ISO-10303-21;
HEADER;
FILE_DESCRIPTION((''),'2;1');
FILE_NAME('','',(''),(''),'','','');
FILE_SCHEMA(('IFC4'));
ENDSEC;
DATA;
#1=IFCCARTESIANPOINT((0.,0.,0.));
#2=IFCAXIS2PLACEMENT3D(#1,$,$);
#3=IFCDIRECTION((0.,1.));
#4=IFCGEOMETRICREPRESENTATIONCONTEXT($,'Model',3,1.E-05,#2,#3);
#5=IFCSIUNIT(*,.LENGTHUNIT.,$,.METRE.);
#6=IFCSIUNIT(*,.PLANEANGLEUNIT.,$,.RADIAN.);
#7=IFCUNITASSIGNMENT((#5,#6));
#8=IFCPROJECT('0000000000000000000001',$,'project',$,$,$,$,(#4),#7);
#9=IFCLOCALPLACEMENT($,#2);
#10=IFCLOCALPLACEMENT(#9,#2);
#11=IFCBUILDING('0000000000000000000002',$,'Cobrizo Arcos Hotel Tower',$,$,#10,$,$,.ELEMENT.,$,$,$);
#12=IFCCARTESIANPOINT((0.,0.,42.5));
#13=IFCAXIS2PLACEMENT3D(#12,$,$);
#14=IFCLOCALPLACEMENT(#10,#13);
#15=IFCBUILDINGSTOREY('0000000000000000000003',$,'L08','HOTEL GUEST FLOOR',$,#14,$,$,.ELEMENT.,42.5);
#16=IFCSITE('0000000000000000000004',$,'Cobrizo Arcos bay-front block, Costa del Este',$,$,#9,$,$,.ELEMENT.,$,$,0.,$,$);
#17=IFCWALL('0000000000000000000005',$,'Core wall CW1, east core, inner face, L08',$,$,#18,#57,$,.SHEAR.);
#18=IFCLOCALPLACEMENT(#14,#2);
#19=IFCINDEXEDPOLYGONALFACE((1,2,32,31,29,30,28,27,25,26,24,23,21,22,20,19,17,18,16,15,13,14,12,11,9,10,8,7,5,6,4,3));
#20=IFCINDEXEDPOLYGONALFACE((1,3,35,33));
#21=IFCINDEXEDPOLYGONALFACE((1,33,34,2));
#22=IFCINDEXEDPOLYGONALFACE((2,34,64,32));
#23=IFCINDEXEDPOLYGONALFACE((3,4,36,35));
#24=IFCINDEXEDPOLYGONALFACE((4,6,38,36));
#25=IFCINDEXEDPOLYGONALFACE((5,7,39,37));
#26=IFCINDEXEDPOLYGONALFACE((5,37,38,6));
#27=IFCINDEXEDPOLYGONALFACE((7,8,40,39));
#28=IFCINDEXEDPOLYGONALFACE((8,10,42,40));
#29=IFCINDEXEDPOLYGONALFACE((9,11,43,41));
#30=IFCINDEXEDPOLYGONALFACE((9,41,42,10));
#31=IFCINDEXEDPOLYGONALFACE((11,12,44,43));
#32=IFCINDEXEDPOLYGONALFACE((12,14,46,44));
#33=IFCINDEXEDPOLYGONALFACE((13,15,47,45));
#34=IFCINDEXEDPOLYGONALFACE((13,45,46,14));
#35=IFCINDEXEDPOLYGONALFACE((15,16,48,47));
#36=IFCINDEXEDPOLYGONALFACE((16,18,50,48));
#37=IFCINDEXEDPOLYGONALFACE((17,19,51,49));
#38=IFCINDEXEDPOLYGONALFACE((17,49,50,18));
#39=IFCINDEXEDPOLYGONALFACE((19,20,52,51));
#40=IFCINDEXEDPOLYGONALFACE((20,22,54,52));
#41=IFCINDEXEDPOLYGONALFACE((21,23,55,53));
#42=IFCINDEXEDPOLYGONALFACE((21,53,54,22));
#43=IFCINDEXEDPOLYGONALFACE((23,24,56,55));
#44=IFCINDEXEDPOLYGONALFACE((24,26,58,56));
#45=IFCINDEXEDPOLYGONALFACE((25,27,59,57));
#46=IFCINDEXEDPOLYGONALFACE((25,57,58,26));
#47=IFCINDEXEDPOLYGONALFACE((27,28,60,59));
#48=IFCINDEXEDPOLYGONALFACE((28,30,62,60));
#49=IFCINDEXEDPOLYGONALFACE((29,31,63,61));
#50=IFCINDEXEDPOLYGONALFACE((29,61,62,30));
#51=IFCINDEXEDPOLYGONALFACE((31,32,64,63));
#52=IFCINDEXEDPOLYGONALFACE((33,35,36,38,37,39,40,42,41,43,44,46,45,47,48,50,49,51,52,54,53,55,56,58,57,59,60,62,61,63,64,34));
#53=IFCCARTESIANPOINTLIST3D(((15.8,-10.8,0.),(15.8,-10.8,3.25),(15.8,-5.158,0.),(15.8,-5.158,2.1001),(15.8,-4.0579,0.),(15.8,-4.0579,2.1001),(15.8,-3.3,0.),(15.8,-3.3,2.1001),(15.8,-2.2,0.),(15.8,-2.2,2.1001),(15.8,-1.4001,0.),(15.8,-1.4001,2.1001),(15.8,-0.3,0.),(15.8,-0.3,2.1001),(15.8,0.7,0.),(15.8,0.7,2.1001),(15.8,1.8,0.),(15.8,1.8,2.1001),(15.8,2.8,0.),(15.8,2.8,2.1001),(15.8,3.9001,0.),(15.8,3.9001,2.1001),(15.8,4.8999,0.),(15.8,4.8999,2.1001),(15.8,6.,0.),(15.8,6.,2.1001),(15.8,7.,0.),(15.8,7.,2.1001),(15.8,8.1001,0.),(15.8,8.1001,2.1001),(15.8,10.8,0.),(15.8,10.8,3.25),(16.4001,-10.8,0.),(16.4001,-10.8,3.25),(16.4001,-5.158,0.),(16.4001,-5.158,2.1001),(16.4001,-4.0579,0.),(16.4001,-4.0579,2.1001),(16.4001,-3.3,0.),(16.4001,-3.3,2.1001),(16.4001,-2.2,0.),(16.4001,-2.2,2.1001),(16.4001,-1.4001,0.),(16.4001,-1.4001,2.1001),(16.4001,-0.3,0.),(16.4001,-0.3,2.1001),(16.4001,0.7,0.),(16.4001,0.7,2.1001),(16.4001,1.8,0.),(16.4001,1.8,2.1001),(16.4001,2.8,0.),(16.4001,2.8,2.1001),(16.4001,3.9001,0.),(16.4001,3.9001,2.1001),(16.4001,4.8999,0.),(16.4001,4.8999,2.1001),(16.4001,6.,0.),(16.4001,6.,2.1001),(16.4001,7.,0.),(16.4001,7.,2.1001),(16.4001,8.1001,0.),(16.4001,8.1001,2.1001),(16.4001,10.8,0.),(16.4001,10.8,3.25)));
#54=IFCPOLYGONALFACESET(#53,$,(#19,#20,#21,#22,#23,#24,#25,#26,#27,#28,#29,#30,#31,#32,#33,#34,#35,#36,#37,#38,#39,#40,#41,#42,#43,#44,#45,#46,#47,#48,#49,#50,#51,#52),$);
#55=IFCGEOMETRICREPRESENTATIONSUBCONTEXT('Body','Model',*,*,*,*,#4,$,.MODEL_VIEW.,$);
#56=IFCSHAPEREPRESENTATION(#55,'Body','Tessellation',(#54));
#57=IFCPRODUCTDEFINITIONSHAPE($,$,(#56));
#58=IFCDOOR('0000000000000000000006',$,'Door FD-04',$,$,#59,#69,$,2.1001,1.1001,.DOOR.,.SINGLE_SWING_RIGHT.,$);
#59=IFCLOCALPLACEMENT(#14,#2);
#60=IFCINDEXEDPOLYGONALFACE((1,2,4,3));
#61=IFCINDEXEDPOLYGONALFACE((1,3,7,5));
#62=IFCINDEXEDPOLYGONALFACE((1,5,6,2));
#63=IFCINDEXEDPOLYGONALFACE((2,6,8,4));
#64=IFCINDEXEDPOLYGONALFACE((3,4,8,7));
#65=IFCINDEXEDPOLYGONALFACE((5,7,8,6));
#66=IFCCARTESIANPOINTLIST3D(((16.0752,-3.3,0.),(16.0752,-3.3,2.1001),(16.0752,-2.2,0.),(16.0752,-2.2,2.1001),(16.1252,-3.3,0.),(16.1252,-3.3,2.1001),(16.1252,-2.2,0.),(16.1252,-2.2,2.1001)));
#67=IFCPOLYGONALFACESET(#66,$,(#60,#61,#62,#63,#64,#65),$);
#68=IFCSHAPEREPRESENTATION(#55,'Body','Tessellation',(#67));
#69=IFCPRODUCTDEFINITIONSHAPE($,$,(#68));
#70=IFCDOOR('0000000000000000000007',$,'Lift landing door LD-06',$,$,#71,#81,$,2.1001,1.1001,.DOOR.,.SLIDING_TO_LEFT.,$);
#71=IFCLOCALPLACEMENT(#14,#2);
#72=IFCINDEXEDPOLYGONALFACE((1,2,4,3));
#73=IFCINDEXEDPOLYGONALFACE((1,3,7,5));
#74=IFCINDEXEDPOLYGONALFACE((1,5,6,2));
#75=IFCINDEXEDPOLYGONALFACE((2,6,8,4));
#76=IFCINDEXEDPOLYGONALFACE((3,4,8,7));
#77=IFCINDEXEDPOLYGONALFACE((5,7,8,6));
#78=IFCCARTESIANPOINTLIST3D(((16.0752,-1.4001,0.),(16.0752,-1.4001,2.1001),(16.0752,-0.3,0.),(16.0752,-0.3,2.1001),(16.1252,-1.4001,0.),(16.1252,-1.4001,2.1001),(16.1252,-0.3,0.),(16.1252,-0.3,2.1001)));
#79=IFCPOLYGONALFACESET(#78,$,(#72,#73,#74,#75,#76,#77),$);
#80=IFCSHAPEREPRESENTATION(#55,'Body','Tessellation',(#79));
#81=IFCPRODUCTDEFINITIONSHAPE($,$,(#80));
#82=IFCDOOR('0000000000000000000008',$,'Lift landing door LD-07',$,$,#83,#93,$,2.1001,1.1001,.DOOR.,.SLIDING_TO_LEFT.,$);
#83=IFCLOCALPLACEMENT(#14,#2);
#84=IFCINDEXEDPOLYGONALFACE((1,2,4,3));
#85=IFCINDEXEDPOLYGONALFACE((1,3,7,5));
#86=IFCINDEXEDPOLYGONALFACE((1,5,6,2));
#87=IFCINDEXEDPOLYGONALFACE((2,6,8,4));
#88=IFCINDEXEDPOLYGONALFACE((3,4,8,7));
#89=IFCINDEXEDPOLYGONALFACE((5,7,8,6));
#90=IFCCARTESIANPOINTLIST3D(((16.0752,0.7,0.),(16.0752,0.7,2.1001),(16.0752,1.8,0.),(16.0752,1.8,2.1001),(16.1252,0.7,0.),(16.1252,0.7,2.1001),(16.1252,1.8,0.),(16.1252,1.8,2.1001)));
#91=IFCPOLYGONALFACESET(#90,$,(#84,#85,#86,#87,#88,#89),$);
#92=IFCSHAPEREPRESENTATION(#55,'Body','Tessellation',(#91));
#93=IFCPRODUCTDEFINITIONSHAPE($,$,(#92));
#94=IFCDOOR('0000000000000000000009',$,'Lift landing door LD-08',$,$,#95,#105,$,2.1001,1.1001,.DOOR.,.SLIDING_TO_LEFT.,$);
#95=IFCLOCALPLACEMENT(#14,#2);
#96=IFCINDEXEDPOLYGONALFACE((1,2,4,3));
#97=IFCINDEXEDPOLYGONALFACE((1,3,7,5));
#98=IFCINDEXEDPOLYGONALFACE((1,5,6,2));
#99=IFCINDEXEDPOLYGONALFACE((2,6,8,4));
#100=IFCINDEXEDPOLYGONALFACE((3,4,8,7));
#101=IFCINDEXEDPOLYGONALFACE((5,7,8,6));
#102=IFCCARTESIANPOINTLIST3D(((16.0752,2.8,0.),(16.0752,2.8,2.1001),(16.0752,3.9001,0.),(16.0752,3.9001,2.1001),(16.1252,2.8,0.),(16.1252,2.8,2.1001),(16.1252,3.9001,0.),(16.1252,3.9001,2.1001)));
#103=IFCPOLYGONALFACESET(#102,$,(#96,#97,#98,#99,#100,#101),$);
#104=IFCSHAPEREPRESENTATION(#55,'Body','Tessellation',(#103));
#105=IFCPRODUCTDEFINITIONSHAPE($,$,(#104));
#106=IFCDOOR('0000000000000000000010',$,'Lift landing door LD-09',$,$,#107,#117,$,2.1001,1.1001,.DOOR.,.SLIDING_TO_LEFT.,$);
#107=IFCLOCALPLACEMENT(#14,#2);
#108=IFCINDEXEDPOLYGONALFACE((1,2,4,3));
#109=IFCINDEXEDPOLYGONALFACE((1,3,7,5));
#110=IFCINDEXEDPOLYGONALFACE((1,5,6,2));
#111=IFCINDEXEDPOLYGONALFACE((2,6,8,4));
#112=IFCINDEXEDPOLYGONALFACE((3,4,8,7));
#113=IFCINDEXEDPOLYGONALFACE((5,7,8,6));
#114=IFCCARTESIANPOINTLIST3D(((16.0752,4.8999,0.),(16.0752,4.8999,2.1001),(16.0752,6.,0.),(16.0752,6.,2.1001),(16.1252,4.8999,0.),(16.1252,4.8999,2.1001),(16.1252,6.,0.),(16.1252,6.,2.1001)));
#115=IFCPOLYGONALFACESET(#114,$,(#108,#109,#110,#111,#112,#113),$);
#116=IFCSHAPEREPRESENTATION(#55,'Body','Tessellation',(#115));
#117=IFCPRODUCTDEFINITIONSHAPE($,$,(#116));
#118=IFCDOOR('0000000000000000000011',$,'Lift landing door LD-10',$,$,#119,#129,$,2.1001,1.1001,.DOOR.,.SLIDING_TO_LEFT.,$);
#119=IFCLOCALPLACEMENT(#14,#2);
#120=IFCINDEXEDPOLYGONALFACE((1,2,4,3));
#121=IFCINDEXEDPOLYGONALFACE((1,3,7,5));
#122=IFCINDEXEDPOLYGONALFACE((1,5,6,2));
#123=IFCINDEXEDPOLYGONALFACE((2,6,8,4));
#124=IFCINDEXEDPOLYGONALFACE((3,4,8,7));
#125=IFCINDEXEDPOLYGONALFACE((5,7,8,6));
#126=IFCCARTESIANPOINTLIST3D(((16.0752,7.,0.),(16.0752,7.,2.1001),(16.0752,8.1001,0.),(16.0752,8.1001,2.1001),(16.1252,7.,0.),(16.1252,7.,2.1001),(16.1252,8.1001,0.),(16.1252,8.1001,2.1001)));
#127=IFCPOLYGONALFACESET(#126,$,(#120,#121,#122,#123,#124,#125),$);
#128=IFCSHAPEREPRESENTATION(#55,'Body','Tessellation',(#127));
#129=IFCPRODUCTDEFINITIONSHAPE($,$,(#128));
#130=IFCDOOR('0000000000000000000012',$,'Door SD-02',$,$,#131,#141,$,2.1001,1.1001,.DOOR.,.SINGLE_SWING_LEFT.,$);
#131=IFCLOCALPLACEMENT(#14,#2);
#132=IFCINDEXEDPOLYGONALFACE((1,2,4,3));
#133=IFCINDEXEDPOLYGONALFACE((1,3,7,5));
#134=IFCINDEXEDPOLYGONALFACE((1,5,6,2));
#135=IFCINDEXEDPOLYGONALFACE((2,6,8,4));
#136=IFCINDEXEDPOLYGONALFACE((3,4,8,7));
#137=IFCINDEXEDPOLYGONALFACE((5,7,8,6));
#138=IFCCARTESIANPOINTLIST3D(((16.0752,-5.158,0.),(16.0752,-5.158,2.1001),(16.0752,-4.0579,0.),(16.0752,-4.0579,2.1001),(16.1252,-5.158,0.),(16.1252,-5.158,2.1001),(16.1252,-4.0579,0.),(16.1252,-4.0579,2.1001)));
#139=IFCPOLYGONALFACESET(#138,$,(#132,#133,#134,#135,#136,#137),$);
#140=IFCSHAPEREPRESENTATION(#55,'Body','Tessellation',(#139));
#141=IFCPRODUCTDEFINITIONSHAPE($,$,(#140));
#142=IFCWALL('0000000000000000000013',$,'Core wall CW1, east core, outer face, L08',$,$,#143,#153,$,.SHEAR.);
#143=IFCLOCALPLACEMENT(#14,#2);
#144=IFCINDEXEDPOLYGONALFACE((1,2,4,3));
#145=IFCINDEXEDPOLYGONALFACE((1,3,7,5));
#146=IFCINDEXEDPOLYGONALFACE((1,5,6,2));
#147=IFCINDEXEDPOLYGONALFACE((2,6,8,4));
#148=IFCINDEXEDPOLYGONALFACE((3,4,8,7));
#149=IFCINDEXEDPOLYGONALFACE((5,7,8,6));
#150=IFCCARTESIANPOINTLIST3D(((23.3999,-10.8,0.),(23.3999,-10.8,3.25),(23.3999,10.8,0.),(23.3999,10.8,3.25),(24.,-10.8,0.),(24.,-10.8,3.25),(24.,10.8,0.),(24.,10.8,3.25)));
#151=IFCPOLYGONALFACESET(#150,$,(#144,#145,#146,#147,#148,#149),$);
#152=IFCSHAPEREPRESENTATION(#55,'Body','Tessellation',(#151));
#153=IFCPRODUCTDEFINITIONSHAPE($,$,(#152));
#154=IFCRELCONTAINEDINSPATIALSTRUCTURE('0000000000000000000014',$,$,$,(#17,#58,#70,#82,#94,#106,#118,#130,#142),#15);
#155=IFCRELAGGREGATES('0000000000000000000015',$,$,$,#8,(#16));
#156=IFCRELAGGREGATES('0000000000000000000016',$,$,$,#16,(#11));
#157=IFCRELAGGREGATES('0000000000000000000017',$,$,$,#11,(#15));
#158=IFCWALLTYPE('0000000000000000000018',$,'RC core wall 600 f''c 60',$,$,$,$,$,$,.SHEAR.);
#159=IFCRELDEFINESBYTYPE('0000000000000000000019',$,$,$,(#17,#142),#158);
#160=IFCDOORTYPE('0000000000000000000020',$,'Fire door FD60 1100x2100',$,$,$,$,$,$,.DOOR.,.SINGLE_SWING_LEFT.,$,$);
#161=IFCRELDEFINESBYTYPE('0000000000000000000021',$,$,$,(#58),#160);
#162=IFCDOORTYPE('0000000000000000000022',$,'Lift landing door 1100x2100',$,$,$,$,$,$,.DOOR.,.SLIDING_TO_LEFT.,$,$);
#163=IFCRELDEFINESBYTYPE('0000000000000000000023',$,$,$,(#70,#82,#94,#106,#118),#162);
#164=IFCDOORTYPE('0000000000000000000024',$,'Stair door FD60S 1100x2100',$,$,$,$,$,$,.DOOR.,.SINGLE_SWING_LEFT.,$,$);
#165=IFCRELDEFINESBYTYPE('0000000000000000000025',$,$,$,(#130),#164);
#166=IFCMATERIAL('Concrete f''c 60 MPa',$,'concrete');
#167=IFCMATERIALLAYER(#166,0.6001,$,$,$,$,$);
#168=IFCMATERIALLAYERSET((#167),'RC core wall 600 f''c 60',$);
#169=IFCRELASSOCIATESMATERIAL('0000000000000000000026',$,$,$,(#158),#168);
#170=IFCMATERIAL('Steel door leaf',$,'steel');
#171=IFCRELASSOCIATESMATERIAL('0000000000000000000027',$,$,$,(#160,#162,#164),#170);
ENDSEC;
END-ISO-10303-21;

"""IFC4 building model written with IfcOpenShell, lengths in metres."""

from ifc_helpers import new_model, si_unit, direction, frame, frame_2d, origin, place, context, subcontext, project, spatial, rectangle, extrude, material, layer, layer_set, type_object, element, fill, save


model = new_model("IFC4")

# Units and contexts
model_context = context("Model", 3, precision=1e-05, world=origin(), true_north=direction((0.0, 1.0)))
body_context = subcontext(model_context, "Body", "Model", "MODEL_VIEW")
ifc_project = project(units=[si_unit("LENGTHUNIT", "METRE"), si_unit("PLANEANGLEUNIT", "RADIAN")], contexts=[model_context])

# Site, building, storey
site_placement = place(None, origin())
site = spatial("IfcSite", under=ifc_project, at=site_placement, Name="Cobrizo Arcos bay-front block, Costa del Este", CompositionType="ELEMENT", RefElevation=0.0)
building_placement = place(site_placement, origin())
building = spatial("IfcBuilding", under=site, at=building_placement, Name="Cobrizo Arcos Hotel Tower", CompositionType="ELEMENT")
storey_placement = place(building_placement, frame((0.0, 0.0, 42.5)))
storey = spatial("IfcBuildingStorey", under=building, at=storey_placement, Name="L08", Description="HOTEL GUEST FLOOR", CompositionType="ELEMENT", Elevation=42.5)

# Wall, openings, doors
ifc_material_1 = material(Name="Concrete f'c 60 MPa", Category="concrete")
ifc_layer_1 = layer(ifc_material_1, 0.6001)
ifc_layer_set_1 = layer_set([ifc_layer_1], Name="RC core wall 600 f'c 60")
wall_type = type_object("IfcWallType", Name="RC core wall 600 f'c 60", PredefinedType="SHEAR", material=ifc_layer_set_1)
wall_1_placement = place(storey_placement, frame((16.1001, -10.8, 0.0), z_axis=(0.0, 0.0, 1.0), x_axis=(0.0, 1.0, 0.0)))
wall_1 = element("IfcWall", 1, at=wall_1_placement, inside=storey, type_object=wall_type, Name="Core wall CW1, east core, inner face, L08", PredefinedType="SHEAR", context=body_context, shape_type="SweptSolid", body=[
    extrude(rectangle(XDim=21.6001, YDim=0.6001, at=frame_2d((10.8, 0.0))), origin(), (0.0, 0.0, 1.0), 3.25),
])
opening_1_placement = place(wall_1_placement, frame((9.3999, 0.0, 0.0)))
opening_1 = element("IfcOpeningElement", 2, at=opening_1_placement, cuts=wall_1, PredefinedType="OPENING", context=body_context, shape_type="SweptSolid", body=[
    extrude(rectangle(XDim=1.1001, YDim=2.1001, at=frame_2d((0.55, 1.05))), frame((0.0, 0.312, 0.0), z_axis=(0.0, -1.0, 0.0), x_axis=(1.0, 0.0, 0.0)), (0.0, 0.0, 1.0), 0.624),
])
opening_2_placement = place(wall_1_placement, frame((11.5, 0.0, 0.0)))
opening_2 = element("IfcOpeningElement", 3, at=opening_2_placement, cuts=wall_1, PredefinedType="OPENING", context=body_context, shape_type="SweptSolid", body=[
    extrude(rectangle(XDim=1.1001, YDim=2.1001, at=frame_2d((0.55, 1.05))), frame((0.0, 0.312, 0.0), z_axis=(0.0, -1.0, 0.0), x_axis=(1.0, 0.0, 0.0)), (0.0, 0.0, 1.0), 0.624),
])
opening_3_placement = place(wall_1_placement, frame((13.6001, 0.0, 0.0)))
opening_3 = element("IfcOpeningElement", 4, at=opening_3_placement, cuts=wall_1, PredefinedType="OPENING", context=body_context, shape_type="SweptSolid", body=[
    extrude(rectangle(XDim=1.1001, YDim=2.1001, at=frame_2d((0.55, 1.05))), frame((0.0, 0.312, 0.0), z_axis=(0.0, -1.0, 0.0), x_axis=(1.0, 0.0, 0.0)), (0.0, 0.0, 1.0), 0.624),
])
opening_4_placement = place(wall_1_placement, frame((15.7, 0.0, 0.0)))
opening_4 = element("IfcOpeningElement", 5, at=opening_4_placement, cuts=wall_1, PredefinedType="OPENING", context=body_context, shape_type="SweptSolid", body=[
    extrude(rectangle(XDim=1.1001, YDim=2.1001, at=frame_2d((0.55, 1.05))), frame((0.0, 0.312, 0.0), z_axis=(0.0, -1.0, 0.0), x_axis=(1.0, 0.0, 0.0)), (0.0, 0.0, 1.0), 0.624),
])
opening_5_placement = place(wall_1_placement, frame((17.8, 0.0, 0.0)))
opening_5 = element("IfcOpeningElement", 6, at=opening_5_placement, cuts=wall_1, PredefinedType="OPENING", context=body_context, shape_type="SweptSolid", body=[
    extrude(rectangle(XDim=1.1001, YDim=2.1001, at=frame_2d((0.55, 1.05))), frame((0.0, 0.312, 0.0), z_axis=(0.0, -1.0, 0.0), x_axis=(1.0, 0.0, 0.0)), (0.0, 0.0, 1.0), 0.624),
])
opening_6_placement = place(wall_1_placement, frame((5.6421, 0.0, 0.0)))
opening_6 = element("IfcOpeningElement", 7, at=opening_6_placement, cuts=wall_1, PredefinedType="OPENING", context=body_context, shape_type="SweptSolid", body=[
    extrude(rectangle(XDim=1.1001, YDim=2.1001, at=frame_2d((0.55, 1.05))), frame((0.0, 0.312, 0.0), z_axis=(0.0, -1.0, 0.0), x_axis=(1.0, 0.0, 0.0)), (0.0, 0.0, 1.0), 0.624),
])
opening_7_placement = place(wall_1_placement, frame((7.5, 0.0, 0.0)))
opening_7 = element("IfcOpeningElement", 8, at=opening_7_placement, cuts=wall_1, PredefinedType="OPENING", context=body_context, shape_type="SweptSolid", body=[
    extrude(rectangle(XDim=1.1001, YDim=2.1001, at=frame_2d((0.55, 1.05))), frame((0.0, 0.312, 0.0), z_axis=(0.0, -1.0, 0.0), x_axis=(1.0, 0.0, 0.0)), (0.0, 0.0, 1.0), 0.624),
])
ifc_material_2 = material(Name="Steel door leaf", Category="steel")
door_type_1 = type_object("IfcDoorType", Name="Fire door FD60 1100x2100", OperationType="SINGLE_SWING_LEFT", PredefinedType="DOOR", material=ifc_material_2)
door_1_placement = place(opening_7_placement, origin())
door_1 = element("IfcDoor", 9, at=door_1_placement, inside=storey, type_object=door_type_1, Name="Door FD-04", OperationType="SINGLE_SWING_RIGHT", OverallHeight=2.1001, OverallWidth=1.1001, PredefinedType="DOOR", context=body_context, shape_type="SweptSolid", body=[
    extrude(rectangle(XDim=1.1001, YDim=2.1001, at=frame_2d((0.55, 1.05))), frame((0.0, 0.0249, 0.0), z_axis=(0.0, -1.0, 0.0), x_axis=(1.0, 0.0, 0.0)), (0.0, 0.0, 1.0), 0.05),
])
fill(opening_7, door_1)
door_type_2 = type_object("IfcDoorType", Name="Lift landing door 1100x2100", OperationType="SLIDING_TO_LEFT", PredefinedType="DOOR", material=ifc_material_2)
door_2_placement = place(opening_1_placement, origin())
door_2 = element("IfcDoor", 10, at=door_2_placement, inside=storey, type_object=door_type_2, Name="Lift landing door LD-06", OperationType="SLIDING_TO_LEFT", OverallHeight=2.1001, OverallWidth=1.1001, PredefinedType="DOOR", context=body_context, shape_type="SweptSolid", body=[
    extrude(rectangle(XDim=1.1001, YDim=2.1001, at=frame_2d((0.55, 1.05))), frame((0.0, 0.0249, 0.0), z_axis=(0.0, -1.0, 0.0), x_axis=(1.0, 0.0, 0.0)), (0.0, 0.0, 1.0), 0.05),
])
fill(opening_1, door_2)
door_3_placement = place(opening_2_placement, origin())
door_3 = element("IfcDoor", 11, at=door_3_placement, inside=storey, type_object=door_type_2, Name="Lift landing door LD-07", OperationType="SLIDING_TO_LEFT", OverallHeight=2.1001, OverallWidth=1.1001, PredefinedType="DOOR", context=body_context, shape_type="SweptSolid", body=[
    extrude(rectangle(XDim=1.1001, YDim=2.1001, at=frame_2d((0.55, 1.05))), frame((0.0, 0.0249, 0.0), z_axis=(0.0, -1.0, 0.0), x_axis=(1.0, 0.0, 0.0)), (0.0, 0.0, 1.0), 0.05),
])
fill(opening_2, door_3)
door_4_placement = place(opening_3_placement, origin())
door_4 = element("IfcDoor", 12, at=door_4_placement, inside=storey, type_object=door_type_2, Name="Lift landing door LD-08", OperationType="SLIDING_TO_LEFT", OverallHeight=2.1001, OverallWidth=1.1001, PredefinedType="DOOR", context=body_context, shape_type="SweptSolid", body=[
    extrude(rectangle(XDim=1.1001, YDim=2.1001, at=frame_2d((0.55, 1.05))), frame((0.0, 0.0249, 0.0), z_axis=(0.0, -1.0, 0.0), x_axis=(1.0, 0.0, 0.0)), (0.0, 0.0, 1.0), 0.05),
])
fill(opening_3, door_4)
door_5_placement = place(opening_4_placement, origin())
door_5 = element("IfcDoor", 13, at=door_5_placement, inside=storey, type_object=door_type_2, Name="Lift landing door LD-09", OperationType="SLIDING_TO_LEFT", OverallHeight=2.1001, OverallWidth=1.1001, PredefinedType="DOOR", context=body_context, shape_type="SweptSolid", body=[
    extrude(rectangle(XDim=1.1001, YDim=2.1001, at=frame_2d((0.55, 1.05))), frame((0.0, 0.0249, 0.0), z_axis=(0.0, -1.0, 0.0), x_axis=(1.0, 0.0, 0.0)), (0.0, 0.0, 1.0), 0.05),
])
fill(opening_4, door_5)
door_6_placement = place(opening_5_placement, origin())
door_6 = element("IfcDoor", 14, at=door_6_placement, inside=storey, type_object=door_type_2, Name="Lift landing door LD-10", OperationType="SLIDING_TO_LEFT", OverallHeight=2.1001, OverallWidth=1.1001, PredefinedType="DOOR", context=body_context, shape_type="SweptSolid", body=[
    extrude(rectangle(XDim=1.1001, YDim=2.1001, at=frame_2d((0.55, 1.05))), frame((0.0, 0.0249, 0.0), z_axis=(0.0, -1.0, 0.0), x_axis=(1.0, 0.0, 0.0)), (0.0, 0.0, 1.0), 0.05),
])
fill(opening_5, door_6)
door_type_3 = type_object("IfcDoorType", Name="Stair door FD60S 1100x2100", OperationType="SINGLE_SWING_LEFT", PredefinedType="DOOR", material=ifc_material_2)
door_7_placement = place(opening_6_placement, origin())
door_7 = element("IfcDoor", 15, at=door_7_placement, inside=storey, type_object=door_type_3, Name="Door SD-02", OperationType="SINGLE_SWING_LEFT", OverallHeight=2.1001, OverallWidth=1.1001, PredefinedType="DOOR", context=body_context, shape_type="SweptSolid", body=[
    extrude(rectangle(XDim=1.1001, YDim=2.1001, at=frame_2d((0.55, 1.05))), frame((0.0, 0.0249, 0.0), z_axis=(0.0, -1.0, 0.0), x_axis=(1.0, 0.0, 0.0)), (0.0, 0.0, 1.0), 0.05),
])
fill(opening_6, door_7)

# Wall
wall_2_placement = place(storey_placement, frame((23.7, -10.8, 0.0), z_axis=(0.0, 0.0, 1.0), x_axis=(0.0, 1.0, 0.0)))
element("IfcWall", 16, at=wall_2_placement, inside=storey, type_object=wall_type, Name="Core wall CW1, east core, outer face, L08", PredefinedType="SHEAR", context=body_context, shape_type="SweptSolid", body=[
    extrude(rectangle(XDim=21.6001, YDim=0.6001, at=frame_2d((10.8, 0.0))), origin(), (0.0, 0.0, 1.0), 3.25),
])

save(model, "model.ifc")
